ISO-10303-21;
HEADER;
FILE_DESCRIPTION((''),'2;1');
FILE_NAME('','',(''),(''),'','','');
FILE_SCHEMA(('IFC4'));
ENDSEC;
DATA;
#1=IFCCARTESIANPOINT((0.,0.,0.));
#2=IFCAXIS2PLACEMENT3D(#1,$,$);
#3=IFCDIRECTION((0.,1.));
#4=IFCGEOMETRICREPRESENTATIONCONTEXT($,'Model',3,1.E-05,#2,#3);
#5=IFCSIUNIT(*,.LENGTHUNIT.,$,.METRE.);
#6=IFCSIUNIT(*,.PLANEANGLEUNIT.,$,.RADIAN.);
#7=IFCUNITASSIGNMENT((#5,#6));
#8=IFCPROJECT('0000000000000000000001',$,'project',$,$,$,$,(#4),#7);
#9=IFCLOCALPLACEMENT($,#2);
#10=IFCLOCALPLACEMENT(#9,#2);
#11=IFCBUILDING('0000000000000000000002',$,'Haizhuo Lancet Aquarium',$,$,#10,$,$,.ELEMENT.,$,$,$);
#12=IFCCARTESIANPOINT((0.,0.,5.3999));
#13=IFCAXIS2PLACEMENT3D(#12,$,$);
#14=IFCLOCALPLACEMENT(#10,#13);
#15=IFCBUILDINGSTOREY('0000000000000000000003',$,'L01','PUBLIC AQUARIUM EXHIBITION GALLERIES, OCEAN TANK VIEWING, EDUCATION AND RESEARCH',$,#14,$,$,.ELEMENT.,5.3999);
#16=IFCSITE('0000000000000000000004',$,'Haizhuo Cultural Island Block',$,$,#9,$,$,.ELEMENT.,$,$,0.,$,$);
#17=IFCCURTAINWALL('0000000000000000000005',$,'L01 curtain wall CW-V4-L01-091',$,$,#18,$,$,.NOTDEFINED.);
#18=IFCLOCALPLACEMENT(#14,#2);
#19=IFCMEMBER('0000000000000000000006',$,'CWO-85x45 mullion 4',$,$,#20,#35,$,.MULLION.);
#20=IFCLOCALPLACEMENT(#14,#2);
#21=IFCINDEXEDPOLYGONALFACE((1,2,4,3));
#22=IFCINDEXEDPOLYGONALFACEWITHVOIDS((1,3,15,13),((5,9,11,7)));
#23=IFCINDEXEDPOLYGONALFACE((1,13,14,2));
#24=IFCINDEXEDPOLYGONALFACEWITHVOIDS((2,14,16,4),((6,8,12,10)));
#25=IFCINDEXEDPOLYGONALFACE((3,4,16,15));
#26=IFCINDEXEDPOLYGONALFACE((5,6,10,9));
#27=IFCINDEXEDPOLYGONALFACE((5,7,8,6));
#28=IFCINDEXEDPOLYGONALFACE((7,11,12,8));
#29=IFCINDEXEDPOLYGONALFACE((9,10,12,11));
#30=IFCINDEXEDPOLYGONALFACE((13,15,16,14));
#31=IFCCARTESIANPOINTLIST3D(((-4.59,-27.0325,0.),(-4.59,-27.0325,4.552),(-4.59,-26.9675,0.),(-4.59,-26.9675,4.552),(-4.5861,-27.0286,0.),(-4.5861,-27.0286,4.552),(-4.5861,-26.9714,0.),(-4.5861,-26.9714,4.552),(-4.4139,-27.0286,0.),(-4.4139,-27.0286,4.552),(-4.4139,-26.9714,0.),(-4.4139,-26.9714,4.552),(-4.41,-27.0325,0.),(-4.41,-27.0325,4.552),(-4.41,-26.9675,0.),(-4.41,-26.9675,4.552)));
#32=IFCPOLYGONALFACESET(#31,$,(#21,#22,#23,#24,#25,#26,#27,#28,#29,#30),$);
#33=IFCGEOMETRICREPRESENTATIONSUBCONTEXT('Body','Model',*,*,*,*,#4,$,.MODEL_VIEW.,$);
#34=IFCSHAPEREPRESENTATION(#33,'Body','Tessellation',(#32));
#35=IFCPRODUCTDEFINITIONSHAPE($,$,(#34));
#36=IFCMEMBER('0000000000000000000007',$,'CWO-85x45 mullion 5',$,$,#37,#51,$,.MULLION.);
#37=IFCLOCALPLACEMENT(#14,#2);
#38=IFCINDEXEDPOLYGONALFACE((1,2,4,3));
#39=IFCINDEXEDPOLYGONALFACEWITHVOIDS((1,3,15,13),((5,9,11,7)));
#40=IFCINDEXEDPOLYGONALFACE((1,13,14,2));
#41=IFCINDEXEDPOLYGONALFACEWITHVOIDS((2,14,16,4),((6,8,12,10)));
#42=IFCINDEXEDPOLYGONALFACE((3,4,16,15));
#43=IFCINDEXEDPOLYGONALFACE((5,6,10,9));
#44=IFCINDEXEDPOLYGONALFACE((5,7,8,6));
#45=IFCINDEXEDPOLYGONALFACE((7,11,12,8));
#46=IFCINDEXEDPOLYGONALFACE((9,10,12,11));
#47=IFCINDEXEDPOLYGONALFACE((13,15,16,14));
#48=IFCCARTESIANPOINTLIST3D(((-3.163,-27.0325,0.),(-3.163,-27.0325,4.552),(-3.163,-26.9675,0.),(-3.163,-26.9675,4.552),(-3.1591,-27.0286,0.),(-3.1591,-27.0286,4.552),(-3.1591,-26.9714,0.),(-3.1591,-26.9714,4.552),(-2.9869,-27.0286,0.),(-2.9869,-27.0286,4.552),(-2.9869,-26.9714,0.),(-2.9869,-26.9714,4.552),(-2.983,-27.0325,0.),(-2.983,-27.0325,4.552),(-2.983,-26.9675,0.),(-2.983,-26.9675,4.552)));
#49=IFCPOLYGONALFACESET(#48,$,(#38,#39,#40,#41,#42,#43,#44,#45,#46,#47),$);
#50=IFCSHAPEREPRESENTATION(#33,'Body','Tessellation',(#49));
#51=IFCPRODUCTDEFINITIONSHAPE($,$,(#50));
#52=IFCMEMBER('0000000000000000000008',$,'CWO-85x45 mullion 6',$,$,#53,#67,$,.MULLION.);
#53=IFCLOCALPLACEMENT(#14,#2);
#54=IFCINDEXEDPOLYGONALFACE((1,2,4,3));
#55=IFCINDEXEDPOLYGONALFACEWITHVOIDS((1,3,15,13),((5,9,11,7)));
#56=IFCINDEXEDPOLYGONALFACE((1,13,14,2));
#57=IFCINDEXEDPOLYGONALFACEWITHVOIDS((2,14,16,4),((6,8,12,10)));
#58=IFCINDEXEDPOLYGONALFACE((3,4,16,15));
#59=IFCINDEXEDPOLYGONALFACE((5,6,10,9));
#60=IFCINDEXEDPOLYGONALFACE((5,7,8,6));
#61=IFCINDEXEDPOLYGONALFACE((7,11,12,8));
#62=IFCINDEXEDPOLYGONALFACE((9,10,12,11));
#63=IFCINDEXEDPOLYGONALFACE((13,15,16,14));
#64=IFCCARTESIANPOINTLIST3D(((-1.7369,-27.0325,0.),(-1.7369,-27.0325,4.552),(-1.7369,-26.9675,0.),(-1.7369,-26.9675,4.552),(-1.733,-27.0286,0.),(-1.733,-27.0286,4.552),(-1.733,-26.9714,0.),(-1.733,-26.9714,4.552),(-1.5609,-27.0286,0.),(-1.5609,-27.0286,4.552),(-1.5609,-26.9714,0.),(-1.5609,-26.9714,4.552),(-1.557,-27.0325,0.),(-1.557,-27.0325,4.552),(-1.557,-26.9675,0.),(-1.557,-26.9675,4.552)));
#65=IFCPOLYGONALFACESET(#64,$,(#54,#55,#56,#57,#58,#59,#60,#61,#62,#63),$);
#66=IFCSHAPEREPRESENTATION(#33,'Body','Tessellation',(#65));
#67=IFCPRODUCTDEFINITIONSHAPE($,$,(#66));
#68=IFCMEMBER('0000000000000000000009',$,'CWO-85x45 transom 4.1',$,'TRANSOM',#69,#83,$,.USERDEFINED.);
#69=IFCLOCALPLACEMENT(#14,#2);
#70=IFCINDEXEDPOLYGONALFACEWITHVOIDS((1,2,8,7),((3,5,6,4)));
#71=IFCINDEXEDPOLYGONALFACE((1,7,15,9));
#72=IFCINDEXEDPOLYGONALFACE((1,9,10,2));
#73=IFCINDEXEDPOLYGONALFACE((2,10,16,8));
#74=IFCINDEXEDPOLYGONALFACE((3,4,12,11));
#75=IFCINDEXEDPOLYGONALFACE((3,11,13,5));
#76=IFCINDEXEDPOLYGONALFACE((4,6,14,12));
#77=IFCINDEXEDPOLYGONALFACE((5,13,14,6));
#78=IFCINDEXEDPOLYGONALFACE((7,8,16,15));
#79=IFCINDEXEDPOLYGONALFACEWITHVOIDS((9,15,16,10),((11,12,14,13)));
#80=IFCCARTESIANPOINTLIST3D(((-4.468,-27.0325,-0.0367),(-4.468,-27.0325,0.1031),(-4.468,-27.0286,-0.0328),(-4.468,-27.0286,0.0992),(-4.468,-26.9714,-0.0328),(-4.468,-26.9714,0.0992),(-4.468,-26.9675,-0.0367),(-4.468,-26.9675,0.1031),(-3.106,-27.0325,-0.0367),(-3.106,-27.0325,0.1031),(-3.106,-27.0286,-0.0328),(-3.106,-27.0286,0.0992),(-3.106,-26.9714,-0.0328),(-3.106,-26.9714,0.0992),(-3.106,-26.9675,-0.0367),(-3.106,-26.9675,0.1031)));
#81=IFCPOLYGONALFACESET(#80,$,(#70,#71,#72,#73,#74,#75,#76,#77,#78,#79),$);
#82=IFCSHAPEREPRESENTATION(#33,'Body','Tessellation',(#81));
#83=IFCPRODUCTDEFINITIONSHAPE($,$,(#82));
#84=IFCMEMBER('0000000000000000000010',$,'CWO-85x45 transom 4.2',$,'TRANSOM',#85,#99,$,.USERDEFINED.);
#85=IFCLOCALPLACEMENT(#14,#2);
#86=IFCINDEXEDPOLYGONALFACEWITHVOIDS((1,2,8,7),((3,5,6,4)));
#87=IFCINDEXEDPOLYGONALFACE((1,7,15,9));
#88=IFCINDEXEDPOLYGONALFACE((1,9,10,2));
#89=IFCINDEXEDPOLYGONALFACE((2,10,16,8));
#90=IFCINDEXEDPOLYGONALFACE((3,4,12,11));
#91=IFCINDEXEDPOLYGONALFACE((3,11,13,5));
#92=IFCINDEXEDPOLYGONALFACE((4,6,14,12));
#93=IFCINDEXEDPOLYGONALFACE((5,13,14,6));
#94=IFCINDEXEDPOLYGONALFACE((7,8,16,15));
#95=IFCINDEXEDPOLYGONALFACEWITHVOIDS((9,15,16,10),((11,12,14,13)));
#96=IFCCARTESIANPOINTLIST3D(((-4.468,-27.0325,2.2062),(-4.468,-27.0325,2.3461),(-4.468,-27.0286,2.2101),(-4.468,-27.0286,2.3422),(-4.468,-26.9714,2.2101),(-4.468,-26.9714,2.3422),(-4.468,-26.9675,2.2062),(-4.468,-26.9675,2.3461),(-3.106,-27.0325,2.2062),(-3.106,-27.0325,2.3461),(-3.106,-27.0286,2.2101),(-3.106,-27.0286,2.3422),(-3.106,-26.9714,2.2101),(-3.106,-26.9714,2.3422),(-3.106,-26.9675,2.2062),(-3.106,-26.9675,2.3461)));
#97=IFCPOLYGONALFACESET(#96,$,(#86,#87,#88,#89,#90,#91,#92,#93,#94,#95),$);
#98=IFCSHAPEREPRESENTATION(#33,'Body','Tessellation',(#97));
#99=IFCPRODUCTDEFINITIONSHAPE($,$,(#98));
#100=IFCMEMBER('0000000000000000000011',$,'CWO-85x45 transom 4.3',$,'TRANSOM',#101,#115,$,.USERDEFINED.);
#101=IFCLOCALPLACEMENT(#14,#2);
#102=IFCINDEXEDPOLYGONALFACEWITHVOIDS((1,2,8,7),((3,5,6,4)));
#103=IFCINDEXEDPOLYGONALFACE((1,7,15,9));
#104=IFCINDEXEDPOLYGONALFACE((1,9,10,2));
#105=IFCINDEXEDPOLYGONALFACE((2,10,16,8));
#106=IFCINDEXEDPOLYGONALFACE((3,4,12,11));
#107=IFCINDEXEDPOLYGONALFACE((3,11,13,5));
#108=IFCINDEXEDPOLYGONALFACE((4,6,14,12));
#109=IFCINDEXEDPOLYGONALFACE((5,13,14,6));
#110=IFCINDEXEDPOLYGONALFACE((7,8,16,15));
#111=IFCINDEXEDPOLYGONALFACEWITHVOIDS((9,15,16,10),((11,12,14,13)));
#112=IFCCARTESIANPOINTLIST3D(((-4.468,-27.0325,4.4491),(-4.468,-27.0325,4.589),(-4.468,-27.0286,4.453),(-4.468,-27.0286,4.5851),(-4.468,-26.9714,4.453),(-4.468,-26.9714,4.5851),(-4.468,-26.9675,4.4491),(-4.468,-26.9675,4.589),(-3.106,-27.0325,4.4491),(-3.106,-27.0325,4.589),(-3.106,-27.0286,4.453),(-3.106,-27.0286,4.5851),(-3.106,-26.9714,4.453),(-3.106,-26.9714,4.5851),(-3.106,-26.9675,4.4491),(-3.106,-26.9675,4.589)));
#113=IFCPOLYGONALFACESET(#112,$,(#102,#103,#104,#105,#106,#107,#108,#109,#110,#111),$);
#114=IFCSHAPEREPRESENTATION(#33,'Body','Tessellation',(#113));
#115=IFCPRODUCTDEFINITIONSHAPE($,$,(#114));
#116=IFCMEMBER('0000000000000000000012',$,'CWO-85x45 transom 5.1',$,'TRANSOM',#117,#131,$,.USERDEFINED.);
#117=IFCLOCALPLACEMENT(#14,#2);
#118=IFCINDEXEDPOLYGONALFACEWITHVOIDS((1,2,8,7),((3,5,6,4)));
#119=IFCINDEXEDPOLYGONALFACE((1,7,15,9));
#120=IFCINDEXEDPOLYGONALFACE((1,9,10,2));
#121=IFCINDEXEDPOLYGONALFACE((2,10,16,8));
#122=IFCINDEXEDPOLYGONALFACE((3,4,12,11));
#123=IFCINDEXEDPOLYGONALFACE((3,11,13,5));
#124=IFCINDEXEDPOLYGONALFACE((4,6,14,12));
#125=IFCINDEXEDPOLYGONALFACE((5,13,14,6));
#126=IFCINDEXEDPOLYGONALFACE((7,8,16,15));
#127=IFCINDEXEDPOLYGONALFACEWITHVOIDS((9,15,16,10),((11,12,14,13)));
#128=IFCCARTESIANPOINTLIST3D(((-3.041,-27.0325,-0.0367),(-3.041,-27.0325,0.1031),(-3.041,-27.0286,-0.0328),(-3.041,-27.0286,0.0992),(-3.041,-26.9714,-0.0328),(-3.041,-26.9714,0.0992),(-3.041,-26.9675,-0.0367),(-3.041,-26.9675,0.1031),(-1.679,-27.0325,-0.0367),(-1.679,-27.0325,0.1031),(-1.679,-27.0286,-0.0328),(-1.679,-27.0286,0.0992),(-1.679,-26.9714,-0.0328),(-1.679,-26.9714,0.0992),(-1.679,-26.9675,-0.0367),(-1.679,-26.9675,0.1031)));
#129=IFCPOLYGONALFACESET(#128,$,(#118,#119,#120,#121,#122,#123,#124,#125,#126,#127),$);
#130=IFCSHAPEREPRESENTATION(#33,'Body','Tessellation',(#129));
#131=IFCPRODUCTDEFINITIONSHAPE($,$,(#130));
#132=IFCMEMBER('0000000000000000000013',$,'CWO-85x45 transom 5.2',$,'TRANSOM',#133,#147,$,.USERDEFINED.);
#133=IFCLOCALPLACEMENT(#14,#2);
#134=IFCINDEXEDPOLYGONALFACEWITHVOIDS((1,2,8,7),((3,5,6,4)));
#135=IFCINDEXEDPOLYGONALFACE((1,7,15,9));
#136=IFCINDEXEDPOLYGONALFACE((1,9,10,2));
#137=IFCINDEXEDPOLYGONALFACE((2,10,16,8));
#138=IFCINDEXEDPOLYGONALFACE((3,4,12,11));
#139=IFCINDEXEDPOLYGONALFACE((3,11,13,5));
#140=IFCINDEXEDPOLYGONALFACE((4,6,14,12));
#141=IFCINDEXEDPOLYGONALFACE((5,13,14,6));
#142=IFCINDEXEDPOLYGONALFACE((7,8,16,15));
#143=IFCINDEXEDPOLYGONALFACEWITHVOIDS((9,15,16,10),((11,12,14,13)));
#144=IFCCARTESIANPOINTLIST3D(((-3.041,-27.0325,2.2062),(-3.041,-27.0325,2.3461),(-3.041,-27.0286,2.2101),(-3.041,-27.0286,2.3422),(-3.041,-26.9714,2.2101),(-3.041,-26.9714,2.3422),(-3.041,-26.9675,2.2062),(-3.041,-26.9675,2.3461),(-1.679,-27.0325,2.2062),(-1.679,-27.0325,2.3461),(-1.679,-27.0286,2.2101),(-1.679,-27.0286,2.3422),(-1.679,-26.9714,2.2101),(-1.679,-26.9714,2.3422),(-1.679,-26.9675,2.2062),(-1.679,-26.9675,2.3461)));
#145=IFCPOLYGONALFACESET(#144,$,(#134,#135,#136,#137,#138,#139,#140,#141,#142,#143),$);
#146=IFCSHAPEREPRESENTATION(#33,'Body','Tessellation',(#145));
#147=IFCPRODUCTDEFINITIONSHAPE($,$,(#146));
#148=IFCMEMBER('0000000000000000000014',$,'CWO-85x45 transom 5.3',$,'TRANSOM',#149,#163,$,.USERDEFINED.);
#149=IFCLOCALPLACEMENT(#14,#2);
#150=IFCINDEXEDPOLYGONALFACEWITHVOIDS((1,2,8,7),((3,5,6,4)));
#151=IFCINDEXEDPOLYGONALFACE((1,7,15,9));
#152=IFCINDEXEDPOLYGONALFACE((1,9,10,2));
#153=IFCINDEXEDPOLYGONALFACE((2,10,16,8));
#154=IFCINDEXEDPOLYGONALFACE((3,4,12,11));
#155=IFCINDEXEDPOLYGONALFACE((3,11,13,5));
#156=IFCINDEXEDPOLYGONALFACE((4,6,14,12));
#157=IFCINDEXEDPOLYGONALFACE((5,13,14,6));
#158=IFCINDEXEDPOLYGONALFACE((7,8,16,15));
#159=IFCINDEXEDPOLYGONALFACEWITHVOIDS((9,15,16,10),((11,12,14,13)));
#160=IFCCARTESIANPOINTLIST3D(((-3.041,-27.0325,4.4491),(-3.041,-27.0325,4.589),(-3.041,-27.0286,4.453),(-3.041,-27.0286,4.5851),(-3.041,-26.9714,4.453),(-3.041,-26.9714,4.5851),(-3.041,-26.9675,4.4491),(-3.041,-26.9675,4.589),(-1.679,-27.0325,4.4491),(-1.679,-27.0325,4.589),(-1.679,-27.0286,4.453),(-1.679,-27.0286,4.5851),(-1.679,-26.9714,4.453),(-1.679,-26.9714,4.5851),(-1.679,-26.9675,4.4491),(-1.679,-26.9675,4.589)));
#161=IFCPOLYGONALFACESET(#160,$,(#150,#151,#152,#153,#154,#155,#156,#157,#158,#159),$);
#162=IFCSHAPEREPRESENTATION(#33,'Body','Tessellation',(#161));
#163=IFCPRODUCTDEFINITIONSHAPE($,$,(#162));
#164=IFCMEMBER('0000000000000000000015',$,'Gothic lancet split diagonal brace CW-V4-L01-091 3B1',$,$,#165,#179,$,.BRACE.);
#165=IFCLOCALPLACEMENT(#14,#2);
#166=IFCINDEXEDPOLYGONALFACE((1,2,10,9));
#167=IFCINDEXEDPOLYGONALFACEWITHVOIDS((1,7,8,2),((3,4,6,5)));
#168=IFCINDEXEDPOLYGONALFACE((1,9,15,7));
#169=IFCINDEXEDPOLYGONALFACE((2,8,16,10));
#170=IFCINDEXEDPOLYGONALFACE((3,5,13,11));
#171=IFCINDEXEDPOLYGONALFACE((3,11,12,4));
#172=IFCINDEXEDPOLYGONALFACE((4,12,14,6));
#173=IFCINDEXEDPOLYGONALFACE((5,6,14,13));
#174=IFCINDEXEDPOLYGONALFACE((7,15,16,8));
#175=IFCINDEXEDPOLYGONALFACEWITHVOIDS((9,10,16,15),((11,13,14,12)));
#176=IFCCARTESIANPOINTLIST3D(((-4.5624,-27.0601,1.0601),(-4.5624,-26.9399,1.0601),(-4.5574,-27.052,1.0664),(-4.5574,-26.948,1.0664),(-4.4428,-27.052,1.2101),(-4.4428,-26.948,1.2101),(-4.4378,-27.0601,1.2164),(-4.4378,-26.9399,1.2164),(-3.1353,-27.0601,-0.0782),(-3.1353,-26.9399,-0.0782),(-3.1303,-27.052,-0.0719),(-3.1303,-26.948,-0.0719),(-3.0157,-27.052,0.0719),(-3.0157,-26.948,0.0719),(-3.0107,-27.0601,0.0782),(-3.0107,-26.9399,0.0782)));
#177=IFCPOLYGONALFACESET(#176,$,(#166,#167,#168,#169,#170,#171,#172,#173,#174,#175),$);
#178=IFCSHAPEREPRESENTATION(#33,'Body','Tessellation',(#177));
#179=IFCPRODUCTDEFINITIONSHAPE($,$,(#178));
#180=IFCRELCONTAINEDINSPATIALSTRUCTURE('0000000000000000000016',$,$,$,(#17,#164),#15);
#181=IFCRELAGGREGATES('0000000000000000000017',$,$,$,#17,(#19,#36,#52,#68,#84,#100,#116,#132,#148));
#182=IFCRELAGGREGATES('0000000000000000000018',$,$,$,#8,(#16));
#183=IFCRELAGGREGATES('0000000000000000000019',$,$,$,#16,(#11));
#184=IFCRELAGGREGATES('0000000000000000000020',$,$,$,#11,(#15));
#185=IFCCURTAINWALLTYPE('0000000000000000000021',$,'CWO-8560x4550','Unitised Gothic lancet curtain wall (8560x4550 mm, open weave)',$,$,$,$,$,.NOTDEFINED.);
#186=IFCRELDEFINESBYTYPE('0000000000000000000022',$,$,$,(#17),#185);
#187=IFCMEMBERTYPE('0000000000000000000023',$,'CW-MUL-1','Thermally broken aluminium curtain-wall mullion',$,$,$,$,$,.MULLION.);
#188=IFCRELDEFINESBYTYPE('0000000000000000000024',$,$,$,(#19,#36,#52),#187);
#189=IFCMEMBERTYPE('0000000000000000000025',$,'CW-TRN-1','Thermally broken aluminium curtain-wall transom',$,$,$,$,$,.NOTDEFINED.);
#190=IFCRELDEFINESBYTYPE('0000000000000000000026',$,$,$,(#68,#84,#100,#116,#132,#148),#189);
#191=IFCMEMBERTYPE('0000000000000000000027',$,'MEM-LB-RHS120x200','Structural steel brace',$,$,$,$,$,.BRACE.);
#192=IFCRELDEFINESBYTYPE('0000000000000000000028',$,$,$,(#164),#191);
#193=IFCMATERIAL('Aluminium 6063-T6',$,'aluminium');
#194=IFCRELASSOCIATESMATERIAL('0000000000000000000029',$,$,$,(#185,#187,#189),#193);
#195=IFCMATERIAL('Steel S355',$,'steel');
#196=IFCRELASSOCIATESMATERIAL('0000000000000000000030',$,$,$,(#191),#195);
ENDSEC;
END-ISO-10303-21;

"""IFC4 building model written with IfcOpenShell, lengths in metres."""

from ifc_helpers import new_model, si_unit, direction, frame, origin, origin_2d, place, context, subcontext, project, spatial, hollow_rectangle, extrude, material, material_profile, profile_set, type_object, element, aggregate, save


model = new_model("IFC4")

# Units and contexts
model_context = context("Model", 3, precision=1e-05, world=origin(), true_north=direction((0.0, 1.0)))
body_context = subcontext(model_context, "Body", "Model", "MODEL_VIEW")
ifc_project = project(units=[si_unit("LENGTHUNIT", "METRE"), si_unit("PLANEANGLEUNIT", "RADIAN")], contexts=[model_context])

# Site, building, storey
site_placement = place(None, origin())
site = spatial("IfcSite", under=ifc_project, at=site_placement, Name="Haizhuo Cultural Island Block", CompositionType="ELEMENT", RefElevation=0.0)
building_placement = place(site_placement, origin())
building = spatial("IfcBuilding", under=site, at=building_placement, Name="Haizhuo Lancet Aquarium", CompositionType="ELEMENT")
storey_placement = place(building_placement, frame((0.0, 0.0, 5.3999)))
storey = spatial("IfcBuildingStorey", under=building, at=storey_placement, Name="L01", Description="PUBLIC AQUARIUM EXHIBITION GALLERIES, OCEAN TANK VIEWING, EDUCATION AND RESEARCH", CompositionType="ELEMENT", Elevation=5.3999)

# Curtain wall, members
ifc_material_1 = material(Name="Aluminium 6063-T6", Category="aluminium")
curtain_wall_type = type_object("IfcCurtainWallType", Name="CWO-8560x4550", Description="Unitised Gothic lancet curtain wall (8560x4550 mm, open weave)", PredefinedType="NOTDEFINED", material=ifc_material_1)
curtain_wall_placement = place(storey_placement, origin())
curtain_wall = element("IfcCurtainWall", 1, at=curtain_wall_placement, inside=storey, type_object=curtain_wall_type, Name="L01 curtain wall CW-V4-L01-091", PredefinedType="NOTDEFINED")
ifc_material_profile_1 = material_profile(ifc_material_1, hollow_rectangle(XDim=0.0649, YDim=0.1799, WallThickness=0.0039, at=origin_2d()), Name="ALU-M 65x180x4")
ifc_profile_set_1 = profile_set([ifc_material_profile_1], Name="Aluminium 6063-T6")
member_type_1 = type_object("IfcMemberType", Name="CW-MUL-1", Description="Thermally broken aluminium curtain-wall mullion", PredefinedType="MULLION", material=ifc_profile_set_1)
member_1_placement = place(storey_placement, frame((-4.5, -27.0, 0.0), z_axis=(0.0, 0.0, 1.0), x_axis=(0.0, 1.0, 0.0)))
member_1 = element("IfcMember", 2, at=member_1_placement, type_object=member_type_1, Name="CWO-85x45 mullion 4", PredefinedType="MULLION", context=body_context, shape_type="SweptSolid", body=[
    extrude(hollow_rectangle(XDim=0.0649, YDim=0.1799, WallThickness=0.0039, at=origin_2d()), origin(), (0.0, 0.0, 1.0), 4.552),
])
member_2_placement = place(storey_placement, frame((-3.073, -27.0, 0.0), z_axis=(0.0, 0.0, 1.0), x_axis=(0.0, 1.0, 0.0)))
member_2 = element("IfcMember", 3, at=member_2_placement, type_object=member_type_1, Name="CWO-85x45 mullion 5", PredefinedType="MULLION", context=body_context, shape_type="SweptSolid", body=[
    extrude(hollow_rectangle(XDim=0.0649, YDim=0.1799, WallThickness=0.0039, at=origin_2d()), origin(), (0.0, 0.0, 1.0), 4.552),
])
member_3_placement = place(storey_placement, frame((-1.647, -27.0, 0.0), z_axis=(0.0, 0.0, 1.0), x_axis=(0.0, 1.0, 0.0)))
member_3 = element("IfcMember", 4, at=member_3_placement, type_object=member_type_1, Name="CWO-85x45 mullion 6", PredefinedType="MULLION", context=body_context, shape_type="SweptSolid", body=[
    extrude(hollow_rectangle(XDim=0.0649, YDim=0.1799, WallThickness=0.0039, at=origin_2d()), origin(), (0.0, 0.0, 1.0), 4.552),
])
ifc_material_profile_2 = material_profile(ifc_material_1, hollow_rectangle(XDim=0.0649, YDim=0.1399, WallThickness=0.0039, at=origin_2d()), Name="ALU-T 65x140x4")
ifc_profile_set_2 = profile_set([ifc_material_profile_2], Name="Aluminium 6063-T6")
member_type_2 = type_object("IfcMemberType", Name="CW-TRN-1", Description="Thermally broken aluminium curtain-wall transom", PredefinedType="NOTDEFINED", material=ifc_profile_set_2)
member_4_placement = place(storey_placement, frame((-4.468, -27.0, 0.0332), z_axis=(1.0, 0.0, 0.0), x_axis=(0.0, 1.0, 0.0)))
member_4 = element("IfcMember", 5, at=member_4_placement, type_object=member_type_2, Name="CWO-85x45 transom 4.1", ObjectType="TRANSOM", PredefinedType="USERDEFINED", context=body_context, shape_type="SweptSolid", body=[
    extrude(hollow_rectangle(XDim=0.0649, YDim=0.1399, WallThickness=0.0039, at=origin_2d()), origin(), (0.0, 0.0, 1.0), 1.3621),
])
member_5_placement = place(storey_placement, frame((-4.468, -27.0, 2.2761), z_axis=(1.0, 0.0, 0.0), x_axis=(0.0, 1.0, 0.0)))
member_5 = element("IfcMember", 6, at=member_5_placement, type_object=member_type_2, Name="CWO-85x45 transom 4.2", ObjectType="TRANSOM", PredefinedType="USERDEFINED", context=body_context, shape_type="SweptSolid", body=[
    extrude(hollow_rectangle(XDim=0.0649, YDim=0.1399, WallThickness=0.0039, at=origin_2d()), origin(), (0.0, 0.0, 1.0), 1.3621),
])
member_6_placement = place(storey_placement, frame((-4.468, -27.0, 4.519), z_axis=(1.0, 0.0, 0.0), x_axis=(0.0, 1.0, 0.0)))
member_6 = element("IfcMember", 7, at=member_6_placement, type_object=member_type_2, Name="CWO-85x45 transom 4.3", ObjectType="TRANSOM", PredefinedType="USERDEFINED", context=body_context, shape_type="SweptSolid", body=[
    extrude(hollow_rectangle(XDim=0.0649, YDim=0.1399, WallThickness=0.0039, at=origin_2d()), origin(), (0.0, 0.0, 1.0), 1.3621),
])
member_7_placement = place(storey_placement, frame((-3.041, -27.0, 0.0332), z_axis=(1.0, 0.0, 0.0), x_axis=(0.0, 1.0, 0.0)))
member_7 = element("IfcMember", 8, at=member_7_placement, type_object=member_type_2, Name="CWO-85x45 transom 5.1", ObjectType="TRANSOM", PredefinedType="USERDEFINED", context=body_context, shape_type="SweptSolid", body=[
    extrude(hollow_rectangle(XDim=0.0649, YDim=0.1399, WallThickness=0.0039, at=origin_2d()), origin(), (0.0, 0.0, 1.0), 1.3621),
])
member_8_placement = place(storey_placement, frame((-3.041, -27.0, 2.2761), z_axis=(1.0, 0.0, 0.0), x_axis=(0.0, 1.0, 0.0)))
member_8 = element("IfcMember", 9, at=member_8_placement, type_object=member_type_2, Name="CWO-85x45 transom 5.2", ObjectType="TRANSOM", PredefinedType="USERDEFINED", context=body_context, shape_type="SweptSolid", body=[
    extrude(hollow_rectangle(XDim=0.0649, YDim=0.1399, WallThickness=0.0039, at=origin_2d()), origin(), (0.0, 0.0, 1.0), 1.3621),
])
member_9_placement = place(storey_placement, frame((-3.041, -27.0, 4.519), z_axis=(1.0, 0.0, 0.0), x_axis=(0.0, 1.0, 0.0)))
member_9 = element("IfcMember", 10, at=member_9_placement, type_object=member_type_2, Name="CWO-85x45 transom 5.3", ObjectType="TRANSOM", PredefinedType="USERDEFINED", context=body_context, shape_type="SweptSolid", body=[
    extrude(hollow_rectangle(XDim=0.0649, YDim=0.1399, WallThickness=0.0039, at=origin_2d()), origin(), (0.0, 0.0, 1.0), 1.3621),
])

# Member
ifc_material_2 = material(Name="Steel S355", Category="steel")
ifc_material_profile_3 = material_profile(ifc_material_2, hollow_rectangle(XDim=0.1201, YDim=0.2, WallThickness=0.0081, at=origin_2d()), Name="RHS 120x200x8")
ifc_profile_set_3 = profile_set([ifc_material_profile_3], Name="Steel S355")
member_type_3 = type_object("IfcMemberType", Name="MEM-LB-RHS120x200", Description="Structural steel brace", PredefinedType="BRACE", material=ifc_profile_set_3)
member_10_placement = place(storey_placement, frame((-3.073, -27.0, 0.0), z_axis=(-0.781781, 0.0, 0.623553), x_axis=(0.0, -1.0, 0.0)))
element("IfcMember", 11, at=member_10_placement, inside=storey, type_object=member_type_3, Name="Gothic lancet split diagonal brace CW-V4-L01-091 3B1", PredefinedType="BRACE", context=body_context, shape_type="SweptSolid", body=[
    extrude(hollow_rectangle(XDim=0.1201, YDim=0.2, WallThickness=0.0081, at=origin_2d()), origin(), (0.0, 0.0, 1.0), 1.8254),
])

aggregate(curtain_wall, [member_1, member_2, member_3, member_4, member_5, member_6, member_7, member_8, member_9])

save(model, "model.ifc")
